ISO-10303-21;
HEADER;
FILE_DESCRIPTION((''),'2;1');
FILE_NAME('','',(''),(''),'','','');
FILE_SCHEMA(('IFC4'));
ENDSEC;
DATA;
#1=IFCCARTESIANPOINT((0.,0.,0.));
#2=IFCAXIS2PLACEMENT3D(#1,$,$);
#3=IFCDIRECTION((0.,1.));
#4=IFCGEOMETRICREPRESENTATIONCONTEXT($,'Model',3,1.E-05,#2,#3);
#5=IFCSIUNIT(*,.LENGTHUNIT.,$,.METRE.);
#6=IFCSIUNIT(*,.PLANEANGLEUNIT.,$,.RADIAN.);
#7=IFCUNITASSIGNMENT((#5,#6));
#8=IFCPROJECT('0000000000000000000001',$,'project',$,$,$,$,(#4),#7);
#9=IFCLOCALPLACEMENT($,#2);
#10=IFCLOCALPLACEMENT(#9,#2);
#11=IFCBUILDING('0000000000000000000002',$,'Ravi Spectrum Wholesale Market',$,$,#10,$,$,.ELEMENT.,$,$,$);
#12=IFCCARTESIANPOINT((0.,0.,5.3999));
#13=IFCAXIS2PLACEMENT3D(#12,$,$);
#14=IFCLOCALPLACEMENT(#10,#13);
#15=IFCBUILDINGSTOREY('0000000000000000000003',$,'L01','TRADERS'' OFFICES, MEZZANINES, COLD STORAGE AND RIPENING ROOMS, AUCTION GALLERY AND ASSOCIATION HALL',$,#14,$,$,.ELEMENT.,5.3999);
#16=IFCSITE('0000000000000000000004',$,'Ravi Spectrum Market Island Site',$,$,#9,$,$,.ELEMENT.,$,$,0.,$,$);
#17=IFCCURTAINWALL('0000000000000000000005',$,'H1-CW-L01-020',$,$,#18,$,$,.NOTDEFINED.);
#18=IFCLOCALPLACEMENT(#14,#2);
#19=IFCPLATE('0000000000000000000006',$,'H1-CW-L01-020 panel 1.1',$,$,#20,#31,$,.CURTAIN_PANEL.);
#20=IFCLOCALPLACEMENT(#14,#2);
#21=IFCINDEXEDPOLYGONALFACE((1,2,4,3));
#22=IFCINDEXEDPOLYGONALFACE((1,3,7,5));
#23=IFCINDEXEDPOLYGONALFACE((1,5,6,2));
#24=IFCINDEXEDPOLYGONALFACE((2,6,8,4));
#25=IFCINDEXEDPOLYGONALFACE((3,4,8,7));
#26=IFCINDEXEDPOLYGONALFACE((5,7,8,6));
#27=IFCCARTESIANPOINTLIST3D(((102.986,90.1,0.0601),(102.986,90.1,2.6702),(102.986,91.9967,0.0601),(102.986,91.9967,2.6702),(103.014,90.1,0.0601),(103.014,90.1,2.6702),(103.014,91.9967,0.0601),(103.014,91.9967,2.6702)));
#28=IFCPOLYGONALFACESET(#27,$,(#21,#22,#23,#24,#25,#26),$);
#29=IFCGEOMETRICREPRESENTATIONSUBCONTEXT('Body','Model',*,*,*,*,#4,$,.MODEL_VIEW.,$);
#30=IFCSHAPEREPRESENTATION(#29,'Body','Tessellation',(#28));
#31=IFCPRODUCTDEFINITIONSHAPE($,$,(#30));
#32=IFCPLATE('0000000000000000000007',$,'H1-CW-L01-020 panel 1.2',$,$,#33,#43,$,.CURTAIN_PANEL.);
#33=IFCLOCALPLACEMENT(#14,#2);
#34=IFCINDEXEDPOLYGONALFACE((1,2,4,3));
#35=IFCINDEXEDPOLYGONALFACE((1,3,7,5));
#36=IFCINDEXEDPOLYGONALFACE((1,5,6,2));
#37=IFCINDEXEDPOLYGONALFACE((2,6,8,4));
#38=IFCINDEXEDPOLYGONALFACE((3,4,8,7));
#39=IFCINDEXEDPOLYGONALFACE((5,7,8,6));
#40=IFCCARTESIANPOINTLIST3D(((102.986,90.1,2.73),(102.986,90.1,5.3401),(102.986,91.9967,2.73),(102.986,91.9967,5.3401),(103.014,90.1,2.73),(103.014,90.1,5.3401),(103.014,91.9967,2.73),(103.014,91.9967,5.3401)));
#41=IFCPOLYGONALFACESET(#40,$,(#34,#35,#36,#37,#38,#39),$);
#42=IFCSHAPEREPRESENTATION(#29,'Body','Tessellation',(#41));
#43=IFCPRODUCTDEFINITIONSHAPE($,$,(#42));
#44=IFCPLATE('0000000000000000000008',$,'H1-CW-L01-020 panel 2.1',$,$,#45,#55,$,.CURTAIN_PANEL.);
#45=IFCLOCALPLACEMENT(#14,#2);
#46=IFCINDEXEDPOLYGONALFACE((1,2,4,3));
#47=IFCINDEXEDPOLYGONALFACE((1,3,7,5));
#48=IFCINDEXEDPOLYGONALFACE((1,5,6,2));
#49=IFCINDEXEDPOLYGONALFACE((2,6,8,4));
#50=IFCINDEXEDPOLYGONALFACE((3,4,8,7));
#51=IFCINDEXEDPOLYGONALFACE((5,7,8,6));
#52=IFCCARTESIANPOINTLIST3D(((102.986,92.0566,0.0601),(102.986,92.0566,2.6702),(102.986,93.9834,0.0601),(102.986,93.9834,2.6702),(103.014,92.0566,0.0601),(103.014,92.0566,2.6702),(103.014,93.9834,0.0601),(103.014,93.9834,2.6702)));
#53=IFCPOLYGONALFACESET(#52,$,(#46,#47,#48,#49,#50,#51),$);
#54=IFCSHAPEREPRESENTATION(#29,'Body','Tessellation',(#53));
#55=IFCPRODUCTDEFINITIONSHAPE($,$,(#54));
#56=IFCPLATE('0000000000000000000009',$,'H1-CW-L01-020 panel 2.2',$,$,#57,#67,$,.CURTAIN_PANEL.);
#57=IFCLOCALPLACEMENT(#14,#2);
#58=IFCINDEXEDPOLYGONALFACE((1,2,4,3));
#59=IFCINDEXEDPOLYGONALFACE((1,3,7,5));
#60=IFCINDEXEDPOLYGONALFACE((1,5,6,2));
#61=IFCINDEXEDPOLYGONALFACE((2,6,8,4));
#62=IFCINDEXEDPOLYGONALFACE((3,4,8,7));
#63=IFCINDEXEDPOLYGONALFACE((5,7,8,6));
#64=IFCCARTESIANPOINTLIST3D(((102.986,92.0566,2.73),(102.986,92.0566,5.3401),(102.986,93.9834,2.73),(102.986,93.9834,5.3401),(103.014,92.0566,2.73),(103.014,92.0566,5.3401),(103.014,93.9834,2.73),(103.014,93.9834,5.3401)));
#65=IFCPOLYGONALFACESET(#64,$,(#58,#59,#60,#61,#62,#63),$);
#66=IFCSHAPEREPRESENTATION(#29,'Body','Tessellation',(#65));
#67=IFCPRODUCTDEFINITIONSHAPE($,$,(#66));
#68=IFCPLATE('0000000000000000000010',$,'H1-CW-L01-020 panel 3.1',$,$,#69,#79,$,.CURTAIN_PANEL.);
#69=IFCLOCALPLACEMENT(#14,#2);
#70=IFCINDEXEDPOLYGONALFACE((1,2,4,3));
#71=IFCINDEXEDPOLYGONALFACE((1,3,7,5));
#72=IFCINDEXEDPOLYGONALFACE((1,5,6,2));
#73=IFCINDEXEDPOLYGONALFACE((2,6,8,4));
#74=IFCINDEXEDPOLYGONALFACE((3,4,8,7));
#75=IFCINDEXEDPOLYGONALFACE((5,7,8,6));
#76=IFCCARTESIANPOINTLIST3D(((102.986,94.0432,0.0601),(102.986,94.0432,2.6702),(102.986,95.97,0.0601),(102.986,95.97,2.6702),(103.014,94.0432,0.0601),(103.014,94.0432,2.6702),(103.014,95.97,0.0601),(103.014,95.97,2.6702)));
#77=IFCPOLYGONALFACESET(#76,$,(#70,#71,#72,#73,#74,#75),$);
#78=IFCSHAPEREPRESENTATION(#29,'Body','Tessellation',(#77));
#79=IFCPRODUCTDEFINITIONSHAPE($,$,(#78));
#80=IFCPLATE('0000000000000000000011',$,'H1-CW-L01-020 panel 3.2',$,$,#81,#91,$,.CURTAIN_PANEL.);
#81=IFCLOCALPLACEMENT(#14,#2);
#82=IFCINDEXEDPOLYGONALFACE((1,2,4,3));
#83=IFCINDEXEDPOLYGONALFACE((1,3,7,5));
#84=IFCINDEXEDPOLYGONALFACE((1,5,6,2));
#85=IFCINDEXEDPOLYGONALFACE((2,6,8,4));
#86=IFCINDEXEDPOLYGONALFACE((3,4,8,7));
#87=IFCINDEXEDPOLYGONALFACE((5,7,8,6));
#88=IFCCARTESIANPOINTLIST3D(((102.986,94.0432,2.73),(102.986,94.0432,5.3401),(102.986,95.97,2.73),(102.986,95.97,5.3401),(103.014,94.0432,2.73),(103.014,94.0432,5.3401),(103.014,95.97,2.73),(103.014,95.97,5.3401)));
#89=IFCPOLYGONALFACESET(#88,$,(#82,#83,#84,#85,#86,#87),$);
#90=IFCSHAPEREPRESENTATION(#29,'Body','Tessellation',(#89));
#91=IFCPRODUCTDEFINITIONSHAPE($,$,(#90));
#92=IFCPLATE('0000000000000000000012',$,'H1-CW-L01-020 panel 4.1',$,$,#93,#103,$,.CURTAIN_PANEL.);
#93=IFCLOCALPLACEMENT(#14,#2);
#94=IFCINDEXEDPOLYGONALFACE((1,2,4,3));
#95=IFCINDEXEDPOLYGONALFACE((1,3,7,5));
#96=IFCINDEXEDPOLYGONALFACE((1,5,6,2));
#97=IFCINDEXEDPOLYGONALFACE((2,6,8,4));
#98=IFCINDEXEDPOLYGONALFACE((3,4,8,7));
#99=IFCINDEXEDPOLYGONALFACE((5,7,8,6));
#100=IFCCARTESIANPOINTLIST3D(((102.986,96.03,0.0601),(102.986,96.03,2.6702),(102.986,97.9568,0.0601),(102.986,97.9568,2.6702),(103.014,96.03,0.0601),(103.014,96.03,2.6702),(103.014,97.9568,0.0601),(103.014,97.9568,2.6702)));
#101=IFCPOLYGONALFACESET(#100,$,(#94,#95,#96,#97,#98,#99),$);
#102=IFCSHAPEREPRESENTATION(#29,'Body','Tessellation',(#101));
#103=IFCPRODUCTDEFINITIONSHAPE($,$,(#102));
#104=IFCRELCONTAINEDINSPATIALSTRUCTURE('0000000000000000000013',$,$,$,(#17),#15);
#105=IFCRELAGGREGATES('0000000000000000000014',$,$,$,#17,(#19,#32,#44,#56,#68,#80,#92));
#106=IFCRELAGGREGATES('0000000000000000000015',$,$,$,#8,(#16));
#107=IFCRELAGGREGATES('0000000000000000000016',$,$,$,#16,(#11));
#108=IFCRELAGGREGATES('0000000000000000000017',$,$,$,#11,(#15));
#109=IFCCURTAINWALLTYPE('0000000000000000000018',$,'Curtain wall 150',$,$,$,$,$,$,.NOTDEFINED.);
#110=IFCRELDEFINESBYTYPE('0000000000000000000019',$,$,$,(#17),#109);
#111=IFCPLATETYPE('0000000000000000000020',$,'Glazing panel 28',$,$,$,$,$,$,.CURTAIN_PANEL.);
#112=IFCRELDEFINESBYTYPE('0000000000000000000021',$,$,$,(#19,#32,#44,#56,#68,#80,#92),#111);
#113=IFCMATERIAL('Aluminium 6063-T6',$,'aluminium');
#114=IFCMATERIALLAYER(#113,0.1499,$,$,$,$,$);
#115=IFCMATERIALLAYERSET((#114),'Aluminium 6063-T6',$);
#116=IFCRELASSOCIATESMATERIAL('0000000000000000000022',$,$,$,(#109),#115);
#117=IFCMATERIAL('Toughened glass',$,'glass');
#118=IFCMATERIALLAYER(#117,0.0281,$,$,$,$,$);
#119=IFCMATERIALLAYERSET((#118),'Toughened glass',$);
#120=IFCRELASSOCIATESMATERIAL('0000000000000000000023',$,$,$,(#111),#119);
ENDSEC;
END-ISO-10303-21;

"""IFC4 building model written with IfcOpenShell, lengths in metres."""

from ifc_helpers import new_model, si_unit, direction, frame, origin, origin_2d, place, context, subcontext, project, spatial, rectangle, extrude, material, layer, layer_set, type_object, element, aggregate, save


model = new_model("IFC4")

# Units and contexts
model_context = context("Model", 3, precision=1e-05, world=origin(), true_north=direction((0.0, 1.0)))
body_context = subcontext(model_context, "Body", "Model", "MODEL_VIEW")
ifc_project = project(units=[si_unit("LENGTHUNIT", "METRE"), si_unit("PLANEANGLEUNIT", "RADIAN")], contexts=[model_context])

# Site, building, storey
site_placement = place(None, origin())
site = spatial("IfcSite", under=ifc_project, at=site_placement, Name="Ravi Spectrum Market Island Site", CompositionType="ELEMENT", RefElevation=0.0)
building_placement = place(site_placement, origin())
building = spatial("IfcBuilding", under=site, at=building_placement, Name="Ravi Spectrum Wholesale Market", CompositionType="ELEMENT")
storey_placement = place(building_placement, frame((0.0, 0.0, 5.3999)))
storey = spatial("IfcBuildingStorey", under=building, at=storey_placement, Name="L01", Description="TRADERS' OFFICES, MEZZANINES, COLD STORAGE AND RIPENING ROOMS, AUCTION GALLERY AND ASSOCIATION HALL", CompositionType="ELEMENT", Elevation=5.3999)

# Curtain wall, plates
ifc_material_1 = material(Name="Aluminium 6063-T6", Category="aluminium")
ifc_layer_1 = layer(ifc_material_1, 0.1499)
ifc_layer_set_1 = layer_set([ifc_layer_1], Name="Aluminium 6063-T6")
curtain_wall_type = type_object("IfcCurtainWallType", Name="Curtain wall 150", PredefinedType="NOTDEFINED", material=ifc_layer_set_1)
curtain_wall_placement = place(storey_placement, origin())
curtain_wall = element("IfcCurtainWall", 1, at=curtain_wall_placement, inside=storey, type_object=curtain_wall_type, Name="H1-CW-L01-020", PredefinedType="NOTDEFINED")
ifc_material_2 = material(Name="Toughened glass", Category="glass")
ifc_layer_2 = layer(ifc_material_2, 0.0281)
ifc_layer_set_2 = layer_set([ifc_layer_2], Name="Toughened glass")
plate_type = type_object("IfcPlateType", Name="Glazing panel 28", PredefinedType="CURTAIN_PANEL", material=ifc_layer_set_2)
plate_1_placement = place(storey_placement, frame((103.0, 91.0483, 0.0601), z_axis=(0.0, 0.0, 1.0), x_axis=(0.0, 1.0, 0.0)))
plate_1 = element("IfcPlate", 2, at=plate_1_placement, type_object=plate_type, Name="H1-CW-L01-020 panel 1.1", PredefinedType="CURTAIN_PANEL", context=body_context, shape_type="SweptSolid", body=[
    extrude(rectangle(XDim=1.8967, YDim=0.0281, at=origin_2d()), origin(), (0.0, 0.0, 1.0), 2.6101),
])
plate_2_placement = place(storey_placement, frame((103.0, 91.0483, 2.73), z_axis=(0.0, 0.0, 1.0), x_axis=(0.0, 1.0, 0.0)))
plate_2 = element("IfcPlate", 3, at=plate_2_placement, type_object=plate_type, Name="H1-CW-L01-020 panel 1.2", PredefinedType="CURTAIN_PANEL", context=body_context, shape_type="SweptSolid", body=[
    extrude(rectangle(XDim=1.8967, YDim=0.0281, at=origin_2d()), origin(), (0.0, 0.0, 1.0), 2.6101),
])
plate_3_placement = place(storey_placement, frame((103.0, 93.02, 0.0601), z_axis=(0.0, 0.0, 1.0), x_axis=(0.0, 1.0, 0.0)))
plate_3 = element("IfcPlate", 4, at=plate_3_placement, type_object=plate_type, Name="H1-CW-L01-020 panel 2.1", PredefinedType="CURTAIN_PANEL", context=body_context, shape_type="SweptSolid", body=[
    extrude(rectangle(XDim=1.9268, YDim=0.0281, at=origin_2d()), origin(), (0.0, 0.0, 1.0), 2.6101),
])
plate_4_placement = place(storey_placement, frame((103.0, 93.02, 2.73), z_axis=(0.0, 0.0, 1.0), x_axis=(0.0, 1.0, 0.0)))
plate_4 = element("IfcPlate", 5, at=plate_4_placement, type_object=plate_type, Name="H1-CW-L01-020 panel 2.2", PredefinedType="CURTAIN_PANEL", context=body_context, shape_type="SweptSolid", body=[
    extrude(rectangle(XDim=1.9268, YDim=0.0281, at=origin_2d()), origin(), (0.0, 0.0, 1.0), 2.6101),
])
plate_5_placement = place(storey_placement, frame((103.0, 95.0066, 0.0601), z_axis=(0.0, 0.0, 1.0), x_axis=(0.0, 1.0, 0.0)))
plate_5 = element("IfcPlate", 6, at=plate_5_placement, type_object=plate_type, Name="H1-CW-L01-020 panel 3.1", PredefinedType="CURTAIN_PANEL", context=body_context, shape_type="SweptSolid", body=[
    extrude(rectangle(XDim=1.9268, YDim=0.0281, at=origin_2d()), origin(), (0.0, 0.0, 1.0), 2.6101),
])
plate_6_placement = place(storey_placement, frame((103.0, 95.0066, 2.73), z_axis=(0.0, 0.0, 1.0), x_axis=(0.0, 1.0, 0.0)))
plate_6 = element("IfcPlate", 7, at=plate_6_placement, type_object=plate_type, Name="H1-CW-L01-020 panel 3.2", PredefinedType="CURTAIN_PANEL", context=body_context, shape_type="SweptSolid", body=[
    extrude(rectangle(XDim=1.9268, YDim=0.0281, at=origin_2d()), origin(), (0.0, 0.0, 1.0), 2.6101),
])
plate_7_placement = place(storey_placement, frame((103.0, 96.9934, 0.0601), z_axis=(0.0, 0.0, 1.0), x_axis=(0.0, 1.0, 0.0)))
plate_7 = element("IfcPlate", 8, at=plate_7_placement, type_object=plate_type, Name="H1-CW-L01-020 panel 4.1", PredefinedType="CURTAIN_PANEL", context=body_context, shape_type="SweptSolid", body=[
    extrude(rectangle(XDim=1.9268, YDim=0.0281, at=origin_2d()), origin(), (0.0, 0.0, 1.0), 2.6101),
])
aggregate(curtain_wall, [plate_1, plate_2, plate_3, plate_4, plate_5, plate_6, plate_7])

save(model, "model.ifc")
